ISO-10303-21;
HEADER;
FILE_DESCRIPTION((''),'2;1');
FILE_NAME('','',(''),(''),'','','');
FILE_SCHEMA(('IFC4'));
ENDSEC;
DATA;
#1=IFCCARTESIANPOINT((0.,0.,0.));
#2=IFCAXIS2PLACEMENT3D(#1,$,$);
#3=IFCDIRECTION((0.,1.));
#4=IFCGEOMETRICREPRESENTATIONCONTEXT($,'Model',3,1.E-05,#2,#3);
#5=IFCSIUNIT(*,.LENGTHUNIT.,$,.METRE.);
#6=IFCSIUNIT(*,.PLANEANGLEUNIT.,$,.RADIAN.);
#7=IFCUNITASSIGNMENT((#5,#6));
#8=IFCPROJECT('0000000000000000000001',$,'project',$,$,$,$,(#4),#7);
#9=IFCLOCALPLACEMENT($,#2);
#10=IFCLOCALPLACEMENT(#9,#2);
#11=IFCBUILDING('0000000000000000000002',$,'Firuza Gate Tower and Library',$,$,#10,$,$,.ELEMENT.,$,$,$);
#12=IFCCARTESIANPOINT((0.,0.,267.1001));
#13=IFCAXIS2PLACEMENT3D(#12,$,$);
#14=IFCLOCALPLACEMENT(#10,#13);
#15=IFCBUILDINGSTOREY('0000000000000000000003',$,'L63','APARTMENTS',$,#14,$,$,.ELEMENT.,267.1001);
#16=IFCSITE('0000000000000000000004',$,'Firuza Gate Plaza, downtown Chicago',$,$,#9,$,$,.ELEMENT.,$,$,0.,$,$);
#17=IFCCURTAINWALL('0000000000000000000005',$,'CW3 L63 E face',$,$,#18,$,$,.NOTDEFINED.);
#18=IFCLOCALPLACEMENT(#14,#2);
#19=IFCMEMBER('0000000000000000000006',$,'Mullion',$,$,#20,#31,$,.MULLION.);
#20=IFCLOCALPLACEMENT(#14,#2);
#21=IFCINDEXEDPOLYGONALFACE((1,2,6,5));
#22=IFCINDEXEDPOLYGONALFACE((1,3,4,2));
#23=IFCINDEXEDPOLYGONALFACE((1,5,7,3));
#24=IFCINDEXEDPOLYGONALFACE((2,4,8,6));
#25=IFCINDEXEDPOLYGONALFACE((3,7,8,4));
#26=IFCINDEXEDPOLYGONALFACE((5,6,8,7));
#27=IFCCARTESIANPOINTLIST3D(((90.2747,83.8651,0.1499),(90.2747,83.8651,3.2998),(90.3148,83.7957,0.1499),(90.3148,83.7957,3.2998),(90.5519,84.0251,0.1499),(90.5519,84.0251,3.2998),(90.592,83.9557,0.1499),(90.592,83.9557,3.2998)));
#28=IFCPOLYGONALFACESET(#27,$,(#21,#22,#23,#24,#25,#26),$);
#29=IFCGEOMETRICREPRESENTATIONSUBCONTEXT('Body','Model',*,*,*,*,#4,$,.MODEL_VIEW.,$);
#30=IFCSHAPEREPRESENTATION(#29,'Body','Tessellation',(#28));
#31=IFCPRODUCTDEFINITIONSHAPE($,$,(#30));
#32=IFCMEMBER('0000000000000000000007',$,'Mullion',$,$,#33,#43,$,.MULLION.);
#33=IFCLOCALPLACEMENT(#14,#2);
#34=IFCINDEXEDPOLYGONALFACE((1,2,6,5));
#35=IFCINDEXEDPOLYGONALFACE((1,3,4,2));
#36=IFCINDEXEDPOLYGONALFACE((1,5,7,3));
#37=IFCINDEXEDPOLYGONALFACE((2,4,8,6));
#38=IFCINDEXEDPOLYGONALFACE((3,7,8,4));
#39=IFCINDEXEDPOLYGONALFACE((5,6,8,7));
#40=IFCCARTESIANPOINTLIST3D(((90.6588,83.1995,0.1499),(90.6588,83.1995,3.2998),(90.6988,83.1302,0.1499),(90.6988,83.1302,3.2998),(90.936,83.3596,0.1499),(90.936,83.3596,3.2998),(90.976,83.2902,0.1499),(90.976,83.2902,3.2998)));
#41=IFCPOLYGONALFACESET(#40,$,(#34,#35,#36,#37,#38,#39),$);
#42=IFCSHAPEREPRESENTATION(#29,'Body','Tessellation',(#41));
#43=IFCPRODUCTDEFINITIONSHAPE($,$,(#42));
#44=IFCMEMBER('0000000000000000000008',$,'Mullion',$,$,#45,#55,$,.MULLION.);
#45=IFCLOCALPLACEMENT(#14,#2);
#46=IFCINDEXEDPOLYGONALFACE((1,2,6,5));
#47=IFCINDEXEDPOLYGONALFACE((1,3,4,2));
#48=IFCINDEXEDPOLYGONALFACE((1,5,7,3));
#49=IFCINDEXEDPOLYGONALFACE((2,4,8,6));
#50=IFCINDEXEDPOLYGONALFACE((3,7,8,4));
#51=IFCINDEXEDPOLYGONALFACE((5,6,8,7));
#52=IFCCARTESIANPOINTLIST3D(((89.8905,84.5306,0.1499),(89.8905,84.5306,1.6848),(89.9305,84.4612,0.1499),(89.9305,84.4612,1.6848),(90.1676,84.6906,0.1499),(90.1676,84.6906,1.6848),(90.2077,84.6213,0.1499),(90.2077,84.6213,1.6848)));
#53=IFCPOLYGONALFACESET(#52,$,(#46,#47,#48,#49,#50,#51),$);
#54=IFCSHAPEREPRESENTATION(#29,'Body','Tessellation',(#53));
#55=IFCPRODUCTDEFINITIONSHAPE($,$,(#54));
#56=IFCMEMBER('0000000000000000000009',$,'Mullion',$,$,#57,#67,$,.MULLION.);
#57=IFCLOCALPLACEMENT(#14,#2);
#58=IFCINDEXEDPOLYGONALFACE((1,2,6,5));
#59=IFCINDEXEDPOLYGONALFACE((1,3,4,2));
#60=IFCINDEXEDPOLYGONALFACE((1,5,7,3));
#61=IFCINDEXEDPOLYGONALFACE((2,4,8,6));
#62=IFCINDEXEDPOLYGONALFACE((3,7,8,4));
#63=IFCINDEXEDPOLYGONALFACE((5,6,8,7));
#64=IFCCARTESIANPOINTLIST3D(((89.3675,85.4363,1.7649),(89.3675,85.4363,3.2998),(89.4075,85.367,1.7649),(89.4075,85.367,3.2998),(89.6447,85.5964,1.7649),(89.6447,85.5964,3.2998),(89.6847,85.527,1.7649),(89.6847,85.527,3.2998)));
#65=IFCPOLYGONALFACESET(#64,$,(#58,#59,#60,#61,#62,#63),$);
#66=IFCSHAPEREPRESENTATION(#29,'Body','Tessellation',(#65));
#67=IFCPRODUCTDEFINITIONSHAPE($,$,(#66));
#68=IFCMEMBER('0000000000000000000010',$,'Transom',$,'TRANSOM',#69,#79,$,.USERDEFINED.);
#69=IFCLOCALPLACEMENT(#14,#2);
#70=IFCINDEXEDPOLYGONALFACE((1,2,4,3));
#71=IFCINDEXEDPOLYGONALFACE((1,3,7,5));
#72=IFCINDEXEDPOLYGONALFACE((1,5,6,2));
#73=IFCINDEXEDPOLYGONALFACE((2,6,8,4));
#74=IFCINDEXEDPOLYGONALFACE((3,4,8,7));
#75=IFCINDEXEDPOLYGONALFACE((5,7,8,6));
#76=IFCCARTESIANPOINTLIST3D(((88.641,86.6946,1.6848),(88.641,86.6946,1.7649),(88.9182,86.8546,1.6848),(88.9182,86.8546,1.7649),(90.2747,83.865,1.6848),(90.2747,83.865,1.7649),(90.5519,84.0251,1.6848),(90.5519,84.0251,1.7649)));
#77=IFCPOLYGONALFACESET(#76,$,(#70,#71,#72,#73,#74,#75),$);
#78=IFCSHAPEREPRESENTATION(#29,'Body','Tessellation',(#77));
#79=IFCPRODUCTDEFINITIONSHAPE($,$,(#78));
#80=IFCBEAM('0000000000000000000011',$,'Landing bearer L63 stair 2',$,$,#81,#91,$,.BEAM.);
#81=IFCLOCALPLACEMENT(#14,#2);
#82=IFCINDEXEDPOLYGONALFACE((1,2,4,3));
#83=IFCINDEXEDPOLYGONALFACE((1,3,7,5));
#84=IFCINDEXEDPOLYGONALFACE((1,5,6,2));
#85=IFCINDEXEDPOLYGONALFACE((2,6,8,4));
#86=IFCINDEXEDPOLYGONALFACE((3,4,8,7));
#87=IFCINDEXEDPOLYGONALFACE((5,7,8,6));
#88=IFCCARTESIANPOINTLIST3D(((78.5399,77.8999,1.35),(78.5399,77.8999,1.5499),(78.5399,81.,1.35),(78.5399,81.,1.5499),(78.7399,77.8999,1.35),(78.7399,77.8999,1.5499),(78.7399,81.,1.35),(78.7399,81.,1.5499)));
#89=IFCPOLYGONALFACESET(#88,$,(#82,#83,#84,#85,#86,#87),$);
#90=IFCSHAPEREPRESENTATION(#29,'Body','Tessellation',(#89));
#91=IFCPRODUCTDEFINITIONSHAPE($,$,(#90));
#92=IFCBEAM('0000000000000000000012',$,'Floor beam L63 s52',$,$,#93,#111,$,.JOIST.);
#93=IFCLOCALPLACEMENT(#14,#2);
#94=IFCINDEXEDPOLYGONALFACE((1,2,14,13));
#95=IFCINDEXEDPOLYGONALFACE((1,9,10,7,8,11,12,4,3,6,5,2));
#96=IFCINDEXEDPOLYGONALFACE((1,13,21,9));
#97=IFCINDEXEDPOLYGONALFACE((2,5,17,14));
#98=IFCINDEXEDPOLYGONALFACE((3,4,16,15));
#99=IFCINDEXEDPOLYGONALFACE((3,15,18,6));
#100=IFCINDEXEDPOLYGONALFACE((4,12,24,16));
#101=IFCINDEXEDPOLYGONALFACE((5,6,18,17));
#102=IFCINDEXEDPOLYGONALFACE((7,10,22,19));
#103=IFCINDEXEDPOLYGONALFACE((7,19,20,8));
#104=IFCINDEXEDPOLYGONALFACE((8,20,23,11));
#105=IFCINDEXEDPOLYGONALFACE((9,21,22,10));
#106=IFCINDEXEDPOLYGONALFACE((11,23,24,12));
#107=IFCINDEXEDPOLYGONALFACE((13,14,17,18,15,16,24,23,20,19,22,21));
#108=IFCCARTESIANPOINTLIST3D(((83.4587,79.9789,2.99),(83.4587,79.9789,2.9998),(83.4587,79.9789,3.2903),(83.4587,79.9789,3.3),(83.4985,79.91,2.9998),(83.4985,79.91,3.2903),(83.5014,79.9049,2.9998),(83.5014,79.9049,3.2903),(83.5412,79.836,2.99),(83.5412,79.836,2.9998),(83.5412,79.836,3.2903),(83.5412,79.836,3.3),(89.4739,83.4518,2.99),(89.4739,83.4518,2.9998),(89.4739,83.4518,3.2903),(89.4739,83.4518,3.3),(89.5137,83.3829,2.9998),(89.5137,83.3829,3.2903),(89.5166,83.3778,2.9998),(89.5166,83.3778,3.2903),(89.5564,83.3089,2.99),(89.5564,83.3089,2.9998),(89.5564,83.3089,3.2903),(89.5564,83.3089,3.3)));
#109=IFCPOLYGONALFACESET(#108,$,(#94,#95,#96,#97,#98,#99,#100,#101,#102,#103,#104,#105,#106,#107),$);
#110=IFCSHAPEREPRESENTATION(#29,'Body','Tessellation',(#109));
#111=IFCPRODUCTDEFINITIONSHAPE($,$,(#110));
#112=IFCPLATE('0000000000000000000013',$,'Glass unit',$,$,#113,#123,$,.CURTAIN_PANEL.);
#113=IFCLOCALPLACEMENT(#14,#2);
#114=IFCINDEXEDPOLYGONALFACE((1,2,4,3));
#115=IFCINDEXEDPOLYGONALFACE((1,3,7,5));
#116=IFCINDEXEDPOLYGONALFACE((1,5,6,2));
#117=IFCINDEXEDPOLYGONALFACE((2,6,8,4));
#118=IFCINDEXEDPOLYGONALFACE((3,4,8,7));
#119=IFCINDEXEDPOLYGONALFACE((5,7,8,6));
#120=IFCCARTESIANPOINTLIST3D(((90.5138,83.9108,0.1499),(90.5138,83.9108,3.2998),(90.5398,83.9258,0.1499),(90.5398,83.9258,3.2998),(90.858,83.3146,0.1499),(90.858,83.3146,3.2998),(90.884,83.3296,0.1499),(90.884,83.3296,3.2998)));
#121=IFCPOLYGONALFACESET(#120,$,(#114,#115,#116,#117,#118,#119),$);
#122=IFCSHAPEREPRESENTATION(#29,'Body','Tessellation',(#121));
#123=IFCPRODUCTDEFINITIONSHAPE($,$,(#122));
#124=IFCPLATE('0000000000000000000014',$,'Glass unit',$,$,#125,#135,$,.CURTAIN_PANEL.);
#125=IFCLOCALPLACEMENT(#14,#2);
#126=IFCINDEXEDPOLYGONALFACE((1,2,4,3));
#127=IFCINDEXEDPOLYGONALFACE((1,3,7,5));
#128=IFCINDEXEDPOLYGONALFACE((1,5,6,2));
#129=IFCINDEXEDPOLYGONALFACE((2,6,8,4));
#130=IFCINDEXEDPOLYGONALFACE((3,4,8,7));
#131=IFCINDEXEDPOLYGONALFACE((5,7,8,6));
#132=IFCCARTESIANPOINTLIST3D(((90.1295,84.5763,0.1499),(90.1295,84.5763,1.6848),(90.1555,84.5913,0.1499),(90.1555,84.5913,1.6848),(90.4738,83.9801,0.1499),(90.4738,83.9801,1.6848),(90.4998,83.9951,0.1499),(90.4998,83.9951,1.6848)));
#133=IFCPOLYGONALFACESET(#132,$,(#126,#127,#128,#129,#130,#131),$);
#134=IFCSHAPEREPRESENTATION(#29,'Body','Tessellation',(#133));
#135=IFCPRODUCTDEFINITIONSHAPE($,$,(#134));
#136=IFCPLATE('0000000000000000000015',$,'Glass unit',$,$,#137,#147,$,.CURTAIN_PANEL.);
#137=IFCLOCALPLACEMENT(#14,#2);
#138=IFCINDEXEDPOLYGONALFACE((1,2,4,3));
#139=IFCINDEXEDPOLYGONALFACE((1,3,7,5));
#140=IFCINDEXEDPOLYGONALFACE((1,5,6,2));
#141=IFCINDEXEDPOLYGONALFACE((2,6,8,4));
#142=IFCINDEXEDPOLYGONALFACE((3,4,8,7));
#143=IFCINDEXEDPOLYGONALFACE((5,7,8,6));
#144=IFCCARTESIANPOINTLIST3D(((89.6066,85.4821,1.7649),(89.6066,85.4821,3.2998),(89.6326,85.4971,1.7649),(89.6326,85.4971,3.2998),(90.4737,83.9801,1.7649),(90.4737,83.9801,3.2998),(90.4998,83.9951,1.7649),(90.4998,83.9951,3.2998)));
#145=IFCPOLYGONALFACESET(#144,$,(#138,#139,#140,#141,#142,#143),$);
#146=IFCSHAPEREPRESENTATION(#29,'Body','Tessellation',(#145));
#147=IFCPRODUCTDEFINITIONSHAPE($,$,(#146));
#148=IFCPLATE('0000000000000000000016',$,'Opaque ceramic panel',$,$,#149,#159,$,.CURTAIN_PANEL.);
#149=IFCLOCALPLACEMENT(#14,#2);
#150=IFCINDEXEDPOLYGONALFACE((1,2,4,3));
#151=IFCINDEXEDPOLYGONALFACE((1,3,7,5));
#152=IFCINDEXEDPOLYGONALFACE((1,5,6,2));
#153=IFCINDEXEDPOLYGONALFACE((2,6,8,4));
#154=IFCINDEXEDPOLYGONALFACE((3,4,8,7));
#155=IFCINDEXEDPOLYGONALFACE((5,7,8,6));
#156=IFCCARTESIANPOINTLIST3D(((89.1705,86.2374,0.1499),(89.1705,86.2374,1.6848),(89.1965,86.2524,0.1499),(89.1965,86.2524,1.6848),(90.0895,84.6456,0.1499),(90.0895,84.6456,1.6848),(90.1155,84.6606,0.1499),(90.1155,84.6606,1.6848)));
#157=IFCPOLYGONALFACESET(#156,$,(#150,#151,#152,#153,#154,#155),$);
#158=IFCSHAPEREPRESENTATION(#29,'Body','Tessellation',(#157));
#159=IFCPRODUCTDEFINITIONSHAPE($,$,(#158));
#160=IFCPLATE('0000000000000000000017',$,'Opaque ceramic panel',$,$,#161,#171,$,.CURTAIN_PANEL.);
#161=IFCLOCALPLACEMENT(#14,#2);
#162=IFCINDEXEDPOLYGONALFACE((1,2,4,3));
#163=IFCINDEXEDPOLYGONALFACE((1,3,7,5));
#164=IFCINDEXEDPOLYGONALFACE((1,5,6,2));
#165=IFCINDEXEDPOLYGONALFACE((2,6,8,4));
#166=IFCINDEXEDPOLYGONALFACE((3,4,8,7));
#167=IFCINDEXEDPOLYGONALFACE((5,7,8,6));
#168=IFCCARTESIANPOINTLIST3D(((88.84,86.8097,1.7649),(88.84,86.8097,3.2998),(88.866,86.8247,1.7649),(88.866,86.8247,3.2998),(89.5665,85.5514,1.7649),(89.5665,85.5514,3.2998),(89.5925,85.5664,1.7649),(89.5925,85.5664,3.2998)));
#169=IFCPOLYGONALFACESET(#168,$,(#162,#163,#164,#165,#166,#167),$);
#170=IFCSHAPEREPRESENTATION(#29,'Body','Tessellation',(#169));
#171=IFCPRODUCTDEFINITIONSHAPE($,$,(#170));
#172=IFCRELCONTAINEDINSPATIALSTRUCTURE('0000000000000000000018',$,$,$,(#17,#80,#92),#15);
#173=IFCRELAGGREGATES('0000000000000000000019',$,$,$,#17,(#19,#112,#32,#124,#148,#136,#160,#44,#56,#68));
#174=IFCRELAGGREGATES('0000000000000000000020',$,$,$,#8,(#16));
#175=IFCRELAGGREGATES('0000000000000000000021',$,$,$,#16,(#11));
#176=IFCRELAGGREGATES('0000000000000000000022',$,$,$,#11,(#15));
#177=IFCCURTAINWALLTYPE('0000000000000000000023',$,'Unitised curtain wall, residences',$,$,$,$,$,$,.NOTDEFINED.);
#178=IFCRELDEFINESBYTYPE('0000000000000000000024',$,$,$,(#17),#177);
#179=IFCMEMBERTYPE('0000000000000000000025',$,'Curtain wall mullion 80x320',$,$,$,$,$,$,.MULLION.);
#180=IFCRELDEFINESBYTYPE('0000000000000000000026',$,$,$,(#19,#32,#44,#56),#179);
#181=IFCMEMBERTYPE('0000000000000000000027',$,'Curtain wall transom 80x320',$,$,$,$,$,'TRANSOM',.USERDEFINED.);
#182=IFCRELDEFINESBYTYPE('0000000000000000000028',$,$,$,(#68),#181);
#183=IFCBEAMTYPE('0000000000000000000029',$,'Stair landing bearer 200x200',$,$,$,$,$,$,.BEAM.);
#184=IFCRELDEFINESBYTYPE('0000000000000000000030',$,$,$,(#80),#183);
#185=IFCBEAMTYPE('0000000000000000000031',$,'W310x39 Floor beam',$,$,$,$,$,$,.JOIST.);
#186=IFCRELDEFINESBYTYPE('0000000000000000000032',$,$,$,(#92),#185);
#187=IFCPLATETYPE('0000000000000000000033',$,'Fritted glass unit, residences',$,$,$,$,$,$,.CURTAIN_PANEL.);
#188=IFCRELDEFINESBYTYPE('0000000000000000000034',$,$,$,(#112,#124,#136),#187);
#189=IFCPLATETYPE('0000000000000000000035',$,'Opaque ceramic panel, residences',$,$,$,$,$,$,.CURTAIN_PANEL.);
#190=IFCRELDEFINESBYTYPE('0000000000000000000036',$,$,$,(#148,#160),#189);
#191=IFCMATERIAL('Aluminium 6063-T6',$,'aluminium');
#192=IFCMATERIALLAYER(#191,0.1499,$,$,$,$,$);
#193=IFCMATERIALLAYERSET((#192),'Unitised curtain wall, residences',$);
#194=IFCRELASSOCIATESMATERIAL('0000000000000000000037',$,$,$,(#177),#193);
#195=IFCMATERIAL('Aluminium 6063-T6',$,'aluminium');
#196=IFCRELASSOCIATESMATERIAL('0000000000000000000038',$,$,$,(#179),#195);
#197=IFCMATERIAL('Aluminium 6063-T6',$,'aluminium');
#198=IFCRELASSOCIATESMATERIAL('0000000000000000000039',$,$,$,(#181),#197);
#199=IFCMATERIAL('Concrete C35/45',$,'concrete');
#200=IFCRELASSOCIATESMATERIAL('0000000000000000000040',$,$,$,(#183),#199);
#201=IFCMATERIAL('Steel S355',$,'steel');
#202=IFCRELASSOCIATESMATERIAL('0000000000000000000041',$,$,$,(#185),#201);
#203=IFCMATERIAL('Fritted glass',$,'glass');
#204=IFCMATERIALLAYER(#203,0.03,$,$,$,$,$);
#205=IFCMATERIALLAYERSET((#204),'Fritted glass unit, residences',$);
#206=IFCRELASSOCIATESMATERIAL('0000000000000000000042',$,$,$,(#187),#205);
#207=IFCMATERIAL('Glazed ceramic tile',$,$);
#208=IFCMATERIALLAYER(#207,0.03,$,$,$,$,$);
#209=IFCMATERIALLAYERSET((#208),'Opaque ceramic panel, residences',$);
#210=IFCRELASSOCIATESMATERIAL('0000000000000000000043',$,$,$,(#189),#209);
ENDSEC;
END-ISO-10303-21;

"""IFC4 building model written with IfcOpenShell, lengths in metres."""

from ifc_helpers import new_model, si_unit, direction, frame, origin, origin_2d, place, context, subcontext, project, spatial, polyline, rectangle, i_section, outline, extrude, material, layer, layer_set, material_profile, profile_set, type_object, element, aggregate, save


model = new_model("IFC4")

# Units and contexts
model_context = context("Model", 3, precision=1e-05, world=origin(), true_north=direction((0.0, 1.0)))
body_context = subcontext(model_context, "Body", "Model", "MODEL_VIEW")
ifc_project = project(units=[si_unit("LENGTHUNIT", "METRE"), si_unit("PLANEANGLEUNIT", "RADIAN")], contexts=[model_context])

# Site, building, storey
site_placement = place(None, origin())
site = spatial("IfcSite", under=ifc_project, at=site_placement, Name="Firuza Gate Plaza, downtown Chicago", CompositionType="ELEMENT", RefElevation=0.0)
building_placement = place(site_placement, origin())
building = spatial("IfcBuilding", under=site, at=building_placement, Name="Firuza Gate Tower and Library", CompositionType="ELEMENT")
storey_placement = place(building_placement, frame((0.0, 0.0, 267.1001)))
storey = spatial("IfcBuildingStorey", under=building, at=storey_placement, Name="L63", Description="APARTMENTS", CompositionType="ELEMENT", Elevation=267.1001)

# Curtain wall, members
ifc_material_1 = material(Name="Aluminium 6063-T6", Category="aluminium")
ifc_layer_1 = layer(ifc_material_1, 0.1499)
ifc_layer_set_1 = layer_set([ifc_layer_1], Name="Unitised curtain wall, residences")
curtain_wall_type = type_object("IfcCurtainWallType", Name="Unitised curtain wall, residences", PredefinedType="NOTDEFINED", material=ifc_layer_set_1)
placement = place(storey_placement, origin())
curtain_wall = element("IfcCurtainWall", 1, at=placement, inside=storey, type_object=curtain_wall_type, Name="CW3 L63 E face", PredefinedType="NOTDEFINED")
ifc_material_2 = material(Name="Aluminium 6063-T6", Category="aluminium")
ifc_material_profile_1 = material_profile(ifc_material_2, rectangle(XDim=0.3201, YDim=0.0801, at=origin_2d()))
ifc_profile_set_1 = profile_set([ifc_material_profile_1], Name="Aluminium 6063-T6")
member_type_1 = type_object("IfcMemberType", Name="Curtain wall mullion 80x320", PredefinedType="MULLION", material=ifc_profile_set_1)
member_1_placement = place(storey_placement, frame((90.4333, 83.9104, 0.1499), z_axis=(0.0, 0.0, 1.0), x_axis=(-0.866025, -0.5, 0.0)))
member_1 = element("IfcMember", 2, at=member_1_placement, type_object=member_type_1, Name="Mullion", PredefinedType="MULLION", context=body_context, shape_type="SweptSolid", body=[
    extrude(rectangle(XDim=0.3201, YDim=0.0801, at=origin_2d()), origin(), (0.0, 0.0, 1.0), 3.1499),
])
member_2_placement = place(storey_placement, frame((90.8174, 83.2449, 0.1499), z_axis=(0.0, 0.0, 1.0), x_axis=(-0.866025, -0.5, 0.0)))
member_2 = element("IfcMember", 3, at=member_2_placement, type_object=member_type_1, Name="Mullion", PredefinedType="MULLION", context=body_context, shape_type="SweptSolid", body=[
    extrude(rectangle(XDim=0.3201, YDim=0.0801, at=origin_2d()), origin(), (0.0, 0.0, 1.0), 3.1499),
])
member_3_placement = place(storey_placement, frame((90.0491, 84.5759, 0.1499), z_axis=(0.0, 0.0, 1.0), x_axis=(-0.866025, -0.5, 0.0)))
member_3 = element("IfcMember", 4, at=member_3_placement, type_object=member_type_1, Name="Mullion", PredefinedType="MULLION", context=body_context, shape_type="SweptSolid", body=[
    extrude(rectangle(XDim=0.3201, YDim=0.0801, at=origin_2d()), origin(), (0.0, 0.0, 1.0), 1.5349),
])
member_4_placement = place(storey_placement, frame((89.5261, 85.4817, 1.7649), z_axis=(0.0, 0.0, 1.0), x_axis=(-0.866025, -0.5, 0.0)))
member_4 = element("IfcMember", 5, at=member_4_placement, type_object=member_type_1, Name="Mullion", PredefinedType="MULLION", context=body_context, shape_type="SweptSolid", body=[
    extrude(rectangle(XDim=0.3201, YDim=0.0801, at=origin_2d()), origin(), (0.0, 0.0, 1.0), 1.5349),
])
ifc_material_3 = material(Name="Aluminium 6063-T6", Category="aluminium")
ifc_material_profile_2 = material_profile(ifc_material_3, rectangle(XDim=0.3201, YDim=0.0801, at=origin_2d()))
ifc_profile_set_2 = profile_set([ifc_material_profile_2], Name="Aluminium 6063-T6")
member_type_2 = type_object("IfcMemberType", Name="Curtain wall transom 80x320", ElementType="TRANSOM", PredefinedType="USERDEFINED", material=ifc_profile_set_2)
member_5_placement = place(storey_placement, frame((90.4133, 83.9451, 1.7249), z_axis=(-0.500029, 0.866009, 0.0), x_axis=(-0.866009, -0.500029, 0.0)))
member_5 = element("IfcMember", 6, at=member_5_placement, type_object=member_type_2, Name="Transom", ObjectType="TRANSOM", PredefinedType="USERDEFINED", context=body_context, shape_type="SweptSolid", body=[
    extrude(rectangle(XDim=0.3201, YDim=0.0801, at=origin_2d()), origin(), (0.0, 0.0, 1.0), 3.2673),
])

# Beams
ifc_material_4 = material(Name="Concrete C35/45", Category="concrete")
ifc_material_profile_3 = material_profile(ifc_material_4, rectangle(XDim=0.2, YDim=0.2, at=origin_2d()))
ifc_profile_set_3 = profile_set([ifc_material_profile_3], Name="Concrete C35/45")
beam_type_1 = type_object("IfcBeamType", Name="Stair landing bearer 200x200", PredefinedType="BEAM", material=ifc_profile_set_3)
beam_1_placement = place(storey_placement, frame((78.6399, 81.0, 1.45), z_axis=(0.0, -1.0, 0.0), x_axis=(1.0, 0.0, 0.0)))
element("IfcBeam", 7, at=beam_1_placement, inside=storey, type_object=beam_type_1, Name="Landing bearer L63 stair 2", PredefinedType="BEAM", context=body_context, shape_type="SweptSolid", body=[
    extrude(rectangle(XDim=0.2, YDim=0.2, at=origin_2d()), origin(), (0.0, 0.0, 1.0), 3.1001),
])
ifc_material_5 = material(Name="Steel S355", Category="steel")
ifc_material_profile_4 = material_profile(ifc_material_5, i_section(OverallWidth=0.165, OverallDepth=0.3101, WebThickness=0.0059, FlangeThickness=0.0098, at=origin_2d()))
ifc_profile_set_4 = profile_set([ifc_material_profile_4], Name="Steel S355")
beam_type_2 = type_object("IfcBeamType", Name="W310x39 Floor beam", PredefinedType="JOIST", material=ifc_profile_set_4)
beam_2_placement = place(storey_placement, frame((89.5151, 83.3804, 3.145), z_axis=(-0.866022, -0.500006, 0.0), x_axis=(0.500006, -0.866022, 0.0)))
element("IfcBeam", 8, at=beam_2_placement, inside=storey, type_object=beam_type_2, Name="Floor beam L63 s52", PredefinedType="JOIST", context=body_context, shape_type="SweptSolid", body=[
    extrude(i_section(OverallWidth=0.165, OverallDepth=0.3101, WebThickness=0.0059, FlangeThickness=0.0098, at=origin_2d()), origin(), (0.0, 0.0, 1.0), 6.9458),
])

# Plates
ifc_material_6 = material(Name="Fritted glass", Category="glass")
ifc_layer_2 = layer(ifc_material_6, 0.03)
ifc_layer_set_2 = layer_set([ifc_layer_2], Name="Fritted glass unit, residences")
plate_type_1 = type_object("IfcPlateType", Name="Fritted glass unit, residences", PredefinedType="CURTAIN_PANEL", material=ifc_layer_set_2)
plate_1_placement = place(storey_placement, frame((90.884, 83.3296, 0.1499), z_axis=(0.866008, 0.500029, 0.0), x_axis=(-0.500029, 0.866008, 0.0)))
plate_1 = element("IfcPlate", 9, at=plate_1_placement, type_object=plate_type_1, Name="Glass unit", PredefinedType="CURTAIN_PANEL", context=body_context, shape_type="SweptSolid", body=[
    extrude(outline(polyline([(0.0, 0.0), (0.6884, 0.0), (0.6884, 3.1499), (0.0, 3.1499), (0.0, 0.0)])), origin(), (0.0, 0.0, -1.0), 0.03),
])
plate_2_placement = place(storey_placement, frame((90.4998, 83.9951, 0.1499), z_axis=(0.866008, 0.500029, 0.0), x_axis=(-0.500029, 0.866008, 0.0)))
plate_2 = element("IfcPlate", 10, at=plate_2_placement, type_object=plate_type_1, Name="Glass unit", PredefinedType="CURTAIN_PANEL", context=body_context, shape_type="SweptSolid", body=[
    extrude(outline(polyline([(0.0, 0.0), (0.6884, 0.0), (0.6884, 1.5349), (0.0, 1.5349), (0.0, 0.0)])), origin(), (0.0, 0.0, -1.0), 0.03),
])
plate_3_placement = place(storey_placement, frame((90.4998, 83.9951, 1.7649), z_axis=(0.866017, 0.500015, 0.0), x_axis=(-0.500015, 0.866017, 0.0)))
plate_3 = element("IfcPlate", 11, at=plate_3_placement, type_object=plate_type_1, Name="Glass unit", PredefinedType="CURTAIN_PANEL", context=body_context, shape_type="SweptSolid", body=[
    extrude(outline(polyline([(0.0, 0.0), (1.7343, 0.0), (1.7343, 1.5349), (0.0, 1.5349), (0.0, 0.0)])), origin(), (0.0, 0.0, -1.0), 0.03),
])
ifc_material_7 = material(Name="Glazed ceramic tile")
ifc_layer_3 = layer(ifc_material_7, 0.03)
ifc_layer_set_3 = layer_set([ifc_layer_3], Name="Opaque ceramic panel, residences")
plate_type_2 = type_object("IfcPlateType", Name="Opaque ceramic panel, residences", PredefinedType="CURTAIN_PANEL", material=ifc_layer_set_3)
plate_4_placement = place(storey_placement, frame((90.1155, 84.6606, 0.1499), z_axis=(0.866044, 0.499968, 0.0), x_axis=(-0.499968, 0.866044, 0.0)))
plate_4 = element("IfcPlate", 12, at=plate_4_placement, type_object=plate_type_2, Name="Opaque ceramic panel", PredefinedType="CURTAIN_PANEL", context=body_context, shape_type="SweptSolid", body=[
    extrude(outline(polyline([(0.0, 0.0), (1.838, 0.0), (1.838, 1.5349), (0.0, 1.5349), (0.0, 0.0)])), origin(), (0.0, 0.0, -1.0), 0.03),
])
plate_5_placement = place(storey_placement, frame((89.5925, 85.5664, 1.7649), z_axis=(0.866001, 0.500042, 0.0), x_axis=(-0.500042, 0.866001, 0.0)))
plate_5 = element("IfcPlate", 13, at=plate_5_placement, type_object=plate_type_2, Name="Opaque ceramic panel", PredefinedType="CURTAIN_PANEL", context=body_context, shape_type="SweptSolid", body=[
    extrude(outline(polyline([(0.0, 0.0), (1.453, 0.0), (1.453, 1.5349), (0.0, 1.5349), (0.0, 0.0)])), origin(), (0.0, 0.0, -1.0), 0.03),
])
aggregate(curtain_wall, [member_1, plate_1, member_2, plate_2, plate_4, plate_3, plate_5, member_3, member_4, member_5])

save(model, "model.ifc")
